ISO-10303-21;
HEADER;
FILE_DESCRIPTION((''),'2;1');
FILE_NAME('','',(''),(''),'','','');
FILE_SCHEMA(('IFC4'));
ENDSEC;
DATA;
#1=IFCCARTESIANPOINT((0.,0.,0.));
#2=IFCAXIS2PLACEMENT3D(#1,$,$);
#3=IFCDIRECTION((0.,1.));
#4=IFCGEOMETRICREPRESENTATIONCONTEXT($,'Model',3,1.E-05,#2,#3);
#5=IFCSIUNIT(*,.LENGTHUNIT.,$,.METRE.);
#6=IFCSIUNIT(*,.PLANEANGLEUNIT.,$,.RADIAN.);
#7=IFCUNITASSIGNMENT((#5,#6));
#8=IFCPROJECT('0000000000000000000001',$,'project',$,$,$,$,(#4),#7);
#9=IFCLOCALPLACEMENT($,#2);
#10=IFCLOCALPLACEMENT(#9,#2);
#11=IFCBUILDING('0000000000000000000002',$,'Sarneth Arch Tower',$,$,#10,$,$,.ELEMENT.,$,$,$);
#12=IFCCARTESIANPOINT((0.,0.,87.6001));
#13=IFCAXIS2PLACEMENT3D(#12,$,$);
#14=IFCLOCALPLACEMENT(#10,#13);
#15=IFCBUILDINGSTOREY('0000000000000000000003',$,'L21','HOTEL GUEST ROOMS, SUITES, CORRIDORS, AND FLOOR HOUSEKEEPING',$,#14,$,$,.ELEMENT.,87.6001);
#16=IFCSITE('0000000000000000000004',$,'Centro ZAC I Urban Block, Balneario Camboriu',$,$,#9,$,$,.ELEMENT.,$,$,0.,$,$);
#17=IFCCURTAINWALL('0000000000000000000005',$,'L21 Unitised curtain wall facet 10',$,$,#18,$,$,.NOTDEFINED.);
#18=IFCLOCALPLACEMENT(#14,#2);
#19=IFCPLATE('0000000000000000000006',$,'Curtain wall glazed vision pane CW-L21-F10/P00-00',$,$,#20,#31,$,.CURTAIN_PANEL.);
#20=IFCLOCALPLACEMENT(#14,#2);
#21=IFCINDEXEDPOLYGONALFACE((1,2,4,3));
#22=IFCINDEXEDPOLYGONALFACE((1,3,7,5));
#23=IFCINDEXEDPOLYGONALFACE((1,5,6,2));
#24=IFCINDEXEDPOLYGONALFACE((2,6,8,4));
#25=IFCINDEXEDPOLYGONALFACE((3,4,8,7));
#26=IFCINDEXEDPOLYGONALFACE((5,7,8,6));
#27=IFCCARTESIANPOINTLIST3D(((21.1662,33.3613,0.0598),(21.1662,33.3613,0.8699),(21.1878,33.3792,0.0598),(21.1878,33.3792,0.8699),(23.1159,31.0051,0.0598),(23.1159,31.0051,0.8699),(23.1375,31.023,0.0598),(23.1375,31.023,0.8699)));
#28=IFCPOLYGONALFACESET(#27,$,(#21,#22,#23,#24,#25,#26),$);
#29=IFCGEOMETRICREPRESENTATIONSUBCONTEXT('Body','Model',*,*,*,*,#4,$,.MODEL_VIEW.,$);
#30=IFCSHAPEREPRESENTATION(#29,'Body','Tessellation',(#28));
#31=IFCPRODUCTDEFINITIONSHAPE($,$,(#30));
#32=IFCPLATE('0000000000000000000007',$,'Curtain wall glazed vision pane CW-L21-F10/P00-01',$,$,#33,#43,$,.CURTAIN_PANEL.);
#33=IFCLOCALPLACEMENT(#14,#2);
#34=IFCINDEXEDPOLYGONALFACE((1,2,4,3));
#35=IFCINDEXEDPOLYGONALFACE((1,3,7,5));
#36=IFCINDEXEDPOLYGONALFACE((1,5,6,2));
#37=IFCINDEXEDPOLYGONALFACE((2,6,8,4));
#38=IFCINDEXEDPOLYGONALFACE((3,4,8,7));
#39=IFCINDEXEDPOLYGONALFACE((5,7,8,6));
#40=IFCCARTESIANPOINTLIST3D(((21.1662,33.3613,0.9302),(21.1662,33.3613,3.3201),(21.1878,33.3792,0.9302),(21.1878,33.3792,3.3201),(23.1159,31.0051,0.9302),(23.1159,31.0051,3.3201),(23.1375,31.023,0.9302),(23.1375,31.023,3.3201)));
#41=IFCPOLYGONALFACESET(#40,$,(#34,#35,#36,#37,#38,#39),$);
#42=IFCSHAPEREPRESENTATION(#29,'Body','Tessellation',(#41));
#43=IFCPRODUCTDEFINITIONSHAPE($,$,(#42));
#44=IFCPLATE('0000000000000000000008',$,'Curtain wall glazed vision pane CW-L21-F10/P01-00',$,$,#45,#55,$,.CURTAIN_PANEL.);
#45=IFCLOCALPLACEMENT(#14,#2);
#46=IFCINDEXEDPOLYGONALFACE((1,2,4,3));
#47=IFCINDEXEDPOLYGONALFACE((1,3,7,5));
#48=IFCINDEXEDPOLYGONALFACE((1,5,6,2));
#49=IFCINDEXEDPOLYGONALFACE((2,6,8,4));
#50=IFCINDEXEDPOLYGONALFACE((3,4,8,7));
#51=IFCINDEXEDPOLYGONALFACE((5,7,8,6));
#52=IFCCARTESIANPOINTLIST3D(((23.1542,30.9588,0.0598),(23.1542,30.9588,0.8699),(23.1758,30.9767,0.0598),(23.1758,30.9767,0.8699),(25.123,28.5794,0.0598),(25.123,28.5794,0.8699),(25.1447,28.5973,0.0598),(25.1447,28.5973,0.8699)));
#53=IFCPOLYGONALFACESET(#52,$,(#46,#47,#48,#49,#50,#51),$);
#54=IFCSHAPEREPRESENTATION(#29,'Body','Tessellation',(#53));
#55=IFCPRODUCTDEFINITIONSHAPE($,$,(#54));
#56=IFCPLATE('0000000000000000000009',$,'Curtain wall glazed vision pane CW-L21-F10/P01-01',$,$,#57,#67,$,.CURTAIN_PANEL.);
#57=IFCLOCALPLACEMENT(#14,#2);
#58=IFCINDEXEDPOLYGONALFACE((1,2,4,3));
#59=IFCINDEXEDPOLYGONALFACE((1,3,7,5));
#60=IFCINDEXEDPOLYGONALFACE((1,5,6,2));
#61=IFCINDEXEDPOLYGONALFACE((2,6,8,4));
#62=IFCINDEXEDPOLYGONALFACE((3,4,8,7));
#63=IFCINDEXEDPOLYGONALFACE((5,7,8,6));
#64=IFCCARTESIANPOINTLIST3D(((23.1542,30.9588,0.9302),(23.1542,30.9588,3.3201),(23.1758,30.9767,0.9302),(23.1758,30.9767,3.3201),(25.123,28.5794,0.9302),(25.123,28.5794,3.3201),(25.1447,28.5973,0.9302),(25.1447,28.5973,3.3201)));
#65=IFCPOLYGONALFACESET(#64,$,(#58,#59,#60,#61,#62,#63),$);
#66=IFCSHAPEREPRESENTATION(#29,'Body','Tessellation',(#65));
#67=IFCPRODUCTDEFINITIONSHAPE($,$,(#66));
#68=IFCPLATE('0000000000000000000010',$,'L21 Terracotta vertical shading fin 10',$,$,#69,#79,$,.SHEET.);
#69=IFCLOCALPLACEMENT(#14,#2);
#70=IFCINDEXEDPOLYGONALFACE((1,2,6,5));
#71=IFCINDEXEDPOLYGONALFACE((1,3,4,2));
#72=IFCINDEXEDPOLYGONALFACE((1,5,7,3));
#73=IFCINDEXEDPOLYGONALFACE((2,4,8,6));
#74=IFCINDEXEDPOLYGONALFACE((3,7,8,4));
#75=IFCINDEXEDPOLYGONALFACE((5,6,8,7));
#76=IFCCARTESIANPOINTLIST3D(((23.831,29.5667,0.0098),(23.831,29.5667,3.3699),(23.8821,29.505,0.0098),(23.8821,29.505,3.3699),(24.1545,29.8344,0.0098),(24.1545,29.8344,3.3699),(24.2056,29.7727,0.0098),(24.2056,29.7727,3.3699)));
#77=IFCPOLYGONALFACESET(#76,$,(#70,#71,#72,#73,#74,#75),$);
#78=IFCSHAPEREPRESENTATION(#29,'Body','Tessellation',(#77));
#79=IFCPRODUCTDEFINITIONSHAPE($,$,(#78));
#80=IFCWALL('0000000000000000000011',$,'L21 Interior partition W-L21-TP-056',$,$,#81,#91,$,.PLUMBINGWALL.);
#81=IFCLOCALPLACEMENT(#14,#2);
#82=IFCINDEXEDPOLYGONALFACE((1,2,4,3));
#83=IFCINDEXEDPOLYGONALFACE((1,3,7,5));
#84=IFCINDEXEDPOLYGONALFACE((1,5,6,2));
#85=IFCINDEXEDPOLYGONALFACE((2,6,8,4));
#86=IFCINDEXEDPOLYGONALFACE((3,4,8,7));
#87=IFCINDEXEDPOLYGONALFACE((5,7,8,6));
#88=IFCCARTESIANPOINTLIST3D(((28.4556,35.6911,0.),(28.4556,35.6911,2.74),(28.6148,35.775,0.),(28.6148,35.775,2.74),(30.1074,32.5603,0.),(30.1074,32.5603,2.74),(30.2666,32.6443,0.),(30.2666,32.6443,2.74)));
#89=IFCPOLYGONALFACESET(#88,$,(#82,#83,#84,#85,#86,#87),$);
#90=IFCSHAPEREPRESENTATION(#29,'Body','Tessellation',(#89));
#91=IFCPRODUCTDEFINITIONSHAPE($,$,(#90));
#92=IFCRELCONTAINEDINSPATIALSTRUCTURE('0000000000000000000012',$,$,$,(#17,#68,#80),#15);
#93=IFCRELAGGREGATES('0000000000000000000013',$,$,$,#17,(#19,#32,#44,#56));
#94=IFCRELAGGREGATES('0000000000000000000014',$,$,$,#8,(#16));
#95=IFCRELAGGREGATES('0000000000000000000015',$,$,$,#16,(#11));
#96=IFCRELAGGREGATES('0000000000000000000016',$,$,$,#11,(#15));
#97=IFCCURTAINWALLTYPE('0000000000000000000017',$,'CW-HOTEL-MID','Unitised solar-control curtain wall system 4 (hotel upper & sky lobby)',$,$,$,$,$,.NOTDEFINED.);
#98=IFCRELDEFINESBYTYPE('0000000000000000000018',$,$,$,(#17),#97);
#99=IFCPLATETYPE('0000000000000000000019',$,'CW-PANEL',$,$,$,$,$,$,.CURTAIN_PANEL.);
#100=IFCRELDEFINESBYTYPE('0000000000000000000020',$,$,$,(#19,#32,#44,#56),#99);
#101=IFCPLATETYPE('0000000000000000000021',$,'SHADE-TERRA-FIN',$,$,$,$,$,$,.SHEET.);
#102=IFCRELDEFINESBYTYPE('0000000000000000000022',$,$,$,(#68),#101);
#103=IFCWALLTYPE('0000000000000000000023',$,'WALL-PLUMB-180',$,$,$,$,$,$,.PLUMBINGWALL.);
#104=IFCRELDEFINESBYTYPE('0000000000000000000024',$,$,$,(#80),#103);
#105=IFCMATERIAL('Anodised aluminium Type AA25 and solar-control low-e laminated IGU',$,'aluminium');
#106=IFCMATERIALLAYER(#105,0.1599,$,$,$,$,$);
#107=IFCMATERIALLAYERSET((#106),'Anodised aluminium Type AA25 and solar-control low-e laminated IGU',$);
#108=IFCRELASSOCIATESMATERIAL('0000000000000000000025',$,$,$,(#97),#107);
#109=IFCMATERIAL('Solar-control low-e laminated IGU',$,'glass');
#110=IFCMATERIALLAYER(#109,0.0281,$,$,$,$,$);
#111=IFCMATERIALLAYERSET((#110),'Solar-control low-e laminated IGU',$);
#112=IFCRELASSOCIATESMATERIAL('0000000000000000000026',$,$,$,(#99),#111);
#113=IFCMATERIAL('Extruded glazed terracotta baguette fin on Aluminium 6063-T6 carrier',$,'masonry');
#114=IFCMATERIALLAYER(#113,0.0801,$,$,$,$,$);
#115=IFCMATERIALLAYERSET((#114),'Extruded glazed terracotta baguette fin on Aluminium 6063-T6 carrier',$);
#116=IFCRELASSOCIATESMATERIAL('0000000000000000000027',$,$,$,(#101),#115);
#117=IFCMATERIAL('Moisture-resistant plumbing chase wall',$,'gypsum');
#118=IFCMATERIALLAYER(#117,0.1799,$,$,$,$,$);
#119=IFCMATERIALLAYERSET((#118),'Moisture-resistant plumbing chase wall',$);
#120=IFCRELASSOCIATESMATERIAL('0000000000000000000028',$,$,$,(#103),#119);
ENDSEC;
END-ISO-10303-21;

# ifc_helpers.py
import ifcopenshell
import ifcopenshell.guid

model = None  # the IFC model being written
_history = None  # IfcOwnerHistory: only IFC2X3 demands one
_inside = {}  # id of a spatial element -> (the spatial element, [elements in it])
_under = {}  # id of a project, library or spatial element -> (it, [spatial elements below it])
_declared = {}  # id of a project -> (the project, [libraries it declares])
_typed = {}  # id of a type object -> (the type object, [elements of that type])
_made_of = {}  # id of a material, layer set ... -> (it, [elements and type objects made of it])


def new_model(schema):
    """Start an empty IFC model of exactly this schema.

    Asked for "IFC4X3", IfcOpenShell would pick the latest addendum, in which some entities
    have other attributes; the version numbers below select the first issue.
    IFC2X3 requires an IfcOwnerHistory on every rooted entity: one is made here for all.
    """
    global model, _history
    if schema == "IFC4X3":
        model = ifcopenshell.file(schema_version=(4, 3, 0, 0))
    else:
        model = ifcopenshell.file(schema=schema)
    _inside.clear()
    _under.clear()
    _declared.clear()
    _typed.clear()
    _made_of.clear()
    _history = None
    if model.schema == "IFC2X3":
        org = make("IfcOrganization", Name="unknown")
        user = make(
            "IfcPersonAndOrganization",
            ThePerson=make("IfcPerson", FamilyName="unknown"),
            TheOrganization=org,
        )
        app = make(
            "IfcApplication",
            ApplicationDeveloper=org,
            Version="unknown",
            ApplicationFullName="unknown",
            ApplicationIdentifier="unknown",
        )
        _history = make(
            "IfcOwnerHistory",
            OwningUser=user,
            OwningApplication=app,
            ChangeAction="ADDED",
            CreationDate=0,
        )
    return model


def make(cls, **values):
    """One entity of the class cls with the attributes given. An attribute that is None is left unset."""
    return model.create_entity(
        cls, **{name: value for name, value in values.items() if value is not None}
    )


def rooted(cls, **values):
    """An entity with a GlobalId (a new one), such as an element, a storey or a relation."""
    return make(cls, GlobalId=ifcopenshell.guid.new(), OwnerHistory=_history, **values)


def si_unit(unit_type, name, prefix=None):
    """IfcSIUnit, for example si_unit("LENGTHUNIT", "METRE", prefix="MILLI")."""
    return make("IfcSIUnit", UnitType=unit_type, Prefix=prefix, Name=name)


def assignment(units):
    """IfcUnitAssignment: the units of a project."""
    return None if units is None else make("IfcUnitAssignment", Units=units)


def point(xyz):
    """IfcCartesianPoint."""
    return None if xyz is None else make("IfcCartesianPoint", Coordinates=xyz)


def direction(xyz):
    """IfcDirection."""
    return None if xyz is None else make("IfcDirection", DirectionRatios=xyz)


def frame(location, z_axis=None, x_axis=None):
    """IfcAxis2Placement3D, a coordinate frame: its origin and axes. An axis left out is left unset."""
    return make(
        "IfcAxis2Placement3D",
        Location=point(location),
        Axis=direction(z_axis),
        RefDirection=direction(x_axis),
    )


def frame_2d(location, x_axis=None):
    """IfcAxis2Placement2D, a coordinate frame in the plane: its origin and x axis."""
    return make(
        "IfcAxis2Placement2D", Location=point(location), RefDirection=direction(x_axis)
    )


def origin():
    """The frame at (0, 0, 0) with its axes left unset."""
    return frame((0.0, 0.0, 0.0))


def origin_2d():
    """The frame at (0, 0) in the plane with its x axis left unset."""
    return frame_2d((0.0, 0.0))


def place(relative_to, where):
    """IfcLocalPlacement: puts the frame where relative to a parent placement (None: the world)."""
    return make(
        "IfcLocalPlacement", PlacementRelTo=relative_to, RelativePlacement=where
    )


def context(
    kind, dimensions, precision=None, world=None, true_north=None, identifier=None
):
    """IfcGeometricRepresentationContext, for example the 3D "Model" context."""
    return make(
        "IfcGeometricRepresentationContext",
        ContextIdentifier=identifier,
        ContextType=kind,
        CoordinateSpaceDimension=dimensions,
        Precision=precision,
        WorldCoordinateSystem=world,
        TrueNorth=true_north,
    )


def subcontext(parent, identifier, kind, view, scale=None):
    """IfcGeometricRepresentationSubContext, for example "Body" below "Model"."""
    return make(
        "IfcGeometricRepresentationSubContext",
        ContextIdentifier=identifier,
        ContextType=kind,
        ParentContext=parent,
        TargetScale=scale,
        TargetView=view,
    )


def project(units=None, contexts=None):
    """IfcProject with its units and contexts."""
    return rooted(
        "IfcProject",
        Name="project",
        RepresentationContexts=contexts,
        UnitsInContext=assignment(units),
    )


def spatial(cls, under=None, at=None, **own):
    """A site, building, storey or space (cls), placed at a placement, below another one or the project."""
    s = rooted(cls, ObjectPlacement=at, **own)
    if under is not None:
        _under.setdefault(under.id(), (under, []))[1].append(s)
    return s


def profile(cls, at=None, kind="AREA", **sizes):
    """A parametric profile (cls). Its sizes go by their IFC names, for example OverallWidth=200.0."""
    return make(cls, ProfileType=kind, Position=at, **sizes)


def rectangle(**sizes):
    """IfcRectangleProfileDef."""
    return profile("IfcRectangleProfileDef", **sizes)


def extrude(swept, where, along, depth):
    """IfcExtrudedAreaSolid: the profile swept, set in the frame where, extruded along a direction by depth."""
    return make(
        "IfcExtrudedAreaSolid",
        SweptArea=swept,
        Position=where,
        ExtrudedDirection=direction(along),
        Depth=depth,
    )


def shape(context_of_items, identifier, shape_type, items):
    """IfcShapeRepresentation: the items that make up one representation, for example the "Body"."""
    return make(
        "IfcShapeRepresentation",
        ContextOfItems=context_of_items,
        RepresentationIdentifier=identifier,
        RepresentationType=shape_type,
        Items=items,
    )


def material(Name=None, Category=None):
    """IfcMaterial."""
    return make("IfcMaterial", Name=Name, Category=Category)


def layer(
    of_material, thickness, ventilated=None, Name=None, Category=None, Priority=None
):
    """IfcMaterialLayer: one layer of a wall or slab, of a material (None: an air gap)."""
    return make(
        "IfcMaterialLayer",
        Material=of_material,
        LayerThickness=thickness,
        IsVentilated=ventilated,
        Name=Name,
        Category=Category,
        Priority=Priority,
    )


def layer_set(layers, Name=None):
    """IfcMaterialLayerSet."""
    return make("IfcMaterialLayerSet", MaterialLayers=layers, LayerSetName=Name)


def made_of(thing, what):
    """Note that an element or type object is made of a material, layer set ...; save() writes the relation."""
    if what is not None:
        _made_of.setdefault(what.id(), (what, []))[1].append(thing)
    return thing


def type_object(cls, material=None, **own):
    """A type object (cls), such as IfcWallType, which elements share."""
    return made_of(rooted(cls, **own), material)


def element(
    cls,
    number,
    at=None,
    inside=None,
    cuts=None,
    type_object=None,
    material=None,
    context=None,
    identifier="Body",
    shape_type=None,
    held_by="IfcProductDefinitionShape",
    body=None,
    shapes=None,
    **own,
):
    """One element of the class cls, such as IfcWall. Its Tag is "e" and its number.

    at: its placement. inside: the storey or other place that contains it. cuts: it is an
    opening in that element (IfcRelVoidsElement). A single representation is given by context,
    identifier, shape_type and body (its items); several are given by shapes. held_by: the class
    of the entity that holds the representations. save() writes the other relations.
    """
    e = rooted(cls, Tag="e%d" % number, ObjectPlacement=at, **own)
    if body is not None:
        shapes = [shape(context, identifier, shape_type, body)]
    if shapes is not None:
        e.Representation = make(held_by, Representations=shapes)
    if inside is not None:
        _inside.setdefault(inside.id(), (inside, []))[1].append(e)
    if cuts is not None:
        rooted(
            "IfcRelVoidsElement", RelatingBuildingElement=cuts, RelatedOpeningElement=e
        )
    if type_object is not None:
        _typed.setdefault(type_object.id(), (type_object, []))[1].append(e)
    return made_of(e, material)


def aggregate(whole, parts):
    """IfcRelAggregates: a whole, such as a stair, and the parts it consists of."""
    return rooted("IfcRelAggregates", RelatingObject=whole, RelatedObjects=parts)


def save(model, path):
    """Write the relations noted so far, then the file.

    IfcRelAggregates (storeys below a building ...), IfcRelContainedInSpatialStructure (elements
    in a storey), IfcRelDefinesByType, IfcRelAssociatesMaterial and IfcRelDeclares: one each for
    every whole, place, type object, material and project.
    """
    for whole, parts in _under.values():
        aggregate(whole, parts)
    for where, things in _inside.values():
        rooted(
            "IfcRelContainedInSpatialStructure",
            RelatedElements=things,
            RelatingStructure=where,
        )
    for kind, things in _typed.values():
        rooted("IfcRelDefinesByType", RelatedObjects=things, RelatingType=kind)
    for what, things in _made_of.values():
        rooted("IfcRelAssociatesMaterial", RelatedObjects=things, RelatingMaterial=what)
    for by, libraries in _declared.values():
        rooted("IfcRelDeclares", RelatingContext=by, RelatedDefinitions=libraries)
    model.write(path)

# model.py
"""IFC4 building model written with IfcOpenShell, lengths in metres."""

from ifc_helpers import new_model, si_unit, direction, frame, frame_2d, origin, origin_2d, place, context, subcontext, project, spatial, rectangle, extrude, material, layer, layer_set, type_object, element, aggregate, save


model = new_model("IFC4")

# Units and contexts
model_context = context("Model", 3, precision=1e-05, world=origin(), true_north=direction((0.0, 1.0)))
body_context = subcontext(model_context, "Body", "Model", "MODEL_VIEW")
ifc_project = project(units=[si_unit("LENGTHUNIT", "METRE"), si_unit("PLANEANGLEUNIT", "RADIAN")], contexts=[model_context])

# Site, building, storey
site_placement = place(None, origin())
site = spatial("IfcSite", under=ifc_project, at=site_placement, Name="Centro ZAC I Urban Block, Balneario Camboriu", CompositionType="ELEMENT", RefElevation=0.0)
building_placement = place(site_placement, origin())
building = spatial("IfcBuilding", under=site, at=building_placement, Name="Sarneth Arch Tower", CompositionType="ELEMENT")
storey_placement = place(building_placement, frame((0.0, 0.0, 87.6001)))
storey = spatial("IfcBuildingStorey", under=building, at=storey_placement, Name="L21", Description="HOTEL GUEST ROOMS, SUITES, CORRIDORS, AND FLOOR HOUSEKEEPING", CompositionType="ELEMENT", Elevation=87.6001)

# Curtain wall, plates
ifc_material_1 = material(Name="Anodised aluminium Type AA25 and solar-control low-e laminated IGU", Category="aluminium")
ifc_layer_1 = layer(ifc_material_1, 0.1599)
ifc_layer_set_1 = layer_set([ifc_layer_1], Name="Anodised aluminium Type AA25 and solar-control low-e laminated IGU")
curtain_wall_type = type_object("IfcCurtainWallType", Name="CW-HOTEL-MID", Description="Unitised solar-control curtain wall system 4 (hotel upper & sky lobby)", PredefinedType="NOTDEFINED", material=ifc_layer_set_1)
curtain_wall_placement = place(storey_placement, origin())
curtain_wall = element("IfcCurtainWall", 1, at=curtain_wall_placement, inside=storey, type_object=curtain_wall_type, Name="L21 Unitised curtain wall facet 10", PredefinedType="NOTDEFINED")
ifc_material_2 = material(Name="Solar-control low-e laminated IGU", Category="glass")
ifc_layer_2 = layer(ifc_material_2, 0.0281)
ifc_layer_set_2 = layer_set([ifc_layer_2], Name="Solar-control low-e laminated IGU")
plate_type_1 = type_object("IfcPlateType", Name="CW-PANEL", PredefinedType="CURTAIN_PANEL", material=ifc_layer_set_2)
plate_1_placement = place(storey_placement, frame((22.1519, 32.1921, 0.0598), z_axis=(0.0, 0.0, 1.0), x_axis=(0.637515, -0.770438, 0.0)))
plate_1 = element("IfcPlate", 2, at=plate_1_placement, type_object=plate_type_1, Name="Curtain wall glazed vision pane CW-L21-F10/P00-00", PredefinedType="CURTAIN_PANEL", context=body_context, shape_type="SweptSolid", body=[
    extrude(rectangle(XDim=3.0583, YDim=0.0281, at=origin_2d()), origin(), (0.0, 0.0, 1.0), 0.8101),
])
plate_2_placement = place(storey_placement, frame((22.1519, 32.1921, 0.9302), z_axis=(0.0, 0.0, 1.0), x_axis=(0.637515, -0.770438, 0.0)))
plate_2 = element("IfcPlate", 3, at=plate_2_placement, type_object=plate_type_1, Name="Curtain wall glazed vision pane CW-L21-F10/P00-01", PredefinedType="CURTAIN_PANEL", context=body_context, shape_type="SweptSolid", body=[
    extrude(rectangle(XDim=3.0583, YDim=0.0281, at=origin_2d()), origin(), (0.0, 0.0, 1.0), 2.3899),
])
plate_3_placement = place(storey_placement, frame((24.1494, 29.7781, 0.0598), z_axis=(0.0, 0.0, 1.0), x_axis=(0.637515, -0.770438, 0.0)))
plate_3 = element("IfcPlate", 4, at=plate_3_placement, type_object=plate_type_1, Name="Curtain wall glazed vision pane CW-L21-F10/P01-00", PredefinedType="CURTAIN_PANEL", context=body_context, shape_type="SweptSolid", body=[
    extrude(rectangle(XDim=3.0884, YDim=0.0281, at=origin_2d()), origin(), (0.0, 0.0, 1.0), 0.8101),
])
plate_4_placement = place(storey_placement, frame((24.1494, 29.7781, 0.9302), z_axis=(0.0, 0.0, 1.0), x_axis=(0.637515, -0.770438, 0.0)))
plate_4 = element("IfcPlate", 5, at=plate_4_placement, type_object=plate_type_1, Name="Curtain wall glazed vision pane CW-L21-F10/P01-01", PredefinedType="CURTAIN_PANEL", context=body_context, shape_type="SweptSolid", body=[
    extrude(rectangle(XDim=3.0884, YDim=0.0281, at=origin_2d()), origin(), (0.0, 0.0, 1.0), 2.3899),
])
aggregate(curtain_wall, [plate_1, plate_2, plate_3, plate_4])

# Plate
ifc_material_3 = material(Name="Extruded glazed terracotta baguette fin on Aluminium 6063-T6 carrier", Category="masonry")
ifc_layer_3 = layer(ifc_material_3, 0.0801)
ifc_layer_set_3 = layer_set([ifc_layer_3], Name="Extruded glazed terracotta baguette fin on Aluminium 6063-T6 carrier")
plate_type_2 = type_object("IfcPlateType", Name="SHADE-TERRA-FIN", PredefinedType="SHEET", material=ifc_layer_set_3)
plate_5_placement = place(storey_placement, frame((24.0183, 29.6697, 0.0098), z_axis=(0.0, 0.0, 1.0), x_axis=(-0.770402, -0.637558, 0.0)))
element("IfcPlate", 6, at=plate_5_placement, inside=storey, type_object=plate_type_2, Name="L21 Terracotta vertical shading fin 10", PredefinedType="SHEET", context=body_context, shape_type="SweptSolid", body=[
    extrude(rectangle(XDim=0.4199, YDim=0.0801, at=origin_2d()), origin(), (0.0, 0.0, 1.0), 3.3601),
])

# Wall
ifc_material_4 = material(Name="Moisture-resistant plumbing chase wall", Category="gypsum")
ifc_layer_4 = layer(ifc_material_4, 0.1799)
ifc_layer_set_4 = layer_set([ifc_layer_4], Name="Moisture-resistant plumbing chase wall")
wall_type = type_object("IfcWallType", Name="WALL-PLUMB-180", PredefinedType="PLUMBINGWALL", material=ifc_layer_set_4)
wall_placement = place(storey_placement, frame((28.5352, 35.7332, 0.0), z_axis=(0.0, 0.0, 1.0), x_axis=(0.466639, -0.884448, 0.0)))
element("IfcWall", 7, at=wall_placement, inside=storey, type_object=wall_type, Name="L21 Interior partition W-L21-TP-056", PredefinedType="PLUMBINGWALL", context=body_context, shape_type="SweptSolid", body=[
    extrude(rectangle(XDim=3.5398, YDim=0.1799, at=frame_2d((1.77, 0.0))), origin(), (0.0, 0.0, 1.0), 2.74),
])

save(model, "model.ifc")
